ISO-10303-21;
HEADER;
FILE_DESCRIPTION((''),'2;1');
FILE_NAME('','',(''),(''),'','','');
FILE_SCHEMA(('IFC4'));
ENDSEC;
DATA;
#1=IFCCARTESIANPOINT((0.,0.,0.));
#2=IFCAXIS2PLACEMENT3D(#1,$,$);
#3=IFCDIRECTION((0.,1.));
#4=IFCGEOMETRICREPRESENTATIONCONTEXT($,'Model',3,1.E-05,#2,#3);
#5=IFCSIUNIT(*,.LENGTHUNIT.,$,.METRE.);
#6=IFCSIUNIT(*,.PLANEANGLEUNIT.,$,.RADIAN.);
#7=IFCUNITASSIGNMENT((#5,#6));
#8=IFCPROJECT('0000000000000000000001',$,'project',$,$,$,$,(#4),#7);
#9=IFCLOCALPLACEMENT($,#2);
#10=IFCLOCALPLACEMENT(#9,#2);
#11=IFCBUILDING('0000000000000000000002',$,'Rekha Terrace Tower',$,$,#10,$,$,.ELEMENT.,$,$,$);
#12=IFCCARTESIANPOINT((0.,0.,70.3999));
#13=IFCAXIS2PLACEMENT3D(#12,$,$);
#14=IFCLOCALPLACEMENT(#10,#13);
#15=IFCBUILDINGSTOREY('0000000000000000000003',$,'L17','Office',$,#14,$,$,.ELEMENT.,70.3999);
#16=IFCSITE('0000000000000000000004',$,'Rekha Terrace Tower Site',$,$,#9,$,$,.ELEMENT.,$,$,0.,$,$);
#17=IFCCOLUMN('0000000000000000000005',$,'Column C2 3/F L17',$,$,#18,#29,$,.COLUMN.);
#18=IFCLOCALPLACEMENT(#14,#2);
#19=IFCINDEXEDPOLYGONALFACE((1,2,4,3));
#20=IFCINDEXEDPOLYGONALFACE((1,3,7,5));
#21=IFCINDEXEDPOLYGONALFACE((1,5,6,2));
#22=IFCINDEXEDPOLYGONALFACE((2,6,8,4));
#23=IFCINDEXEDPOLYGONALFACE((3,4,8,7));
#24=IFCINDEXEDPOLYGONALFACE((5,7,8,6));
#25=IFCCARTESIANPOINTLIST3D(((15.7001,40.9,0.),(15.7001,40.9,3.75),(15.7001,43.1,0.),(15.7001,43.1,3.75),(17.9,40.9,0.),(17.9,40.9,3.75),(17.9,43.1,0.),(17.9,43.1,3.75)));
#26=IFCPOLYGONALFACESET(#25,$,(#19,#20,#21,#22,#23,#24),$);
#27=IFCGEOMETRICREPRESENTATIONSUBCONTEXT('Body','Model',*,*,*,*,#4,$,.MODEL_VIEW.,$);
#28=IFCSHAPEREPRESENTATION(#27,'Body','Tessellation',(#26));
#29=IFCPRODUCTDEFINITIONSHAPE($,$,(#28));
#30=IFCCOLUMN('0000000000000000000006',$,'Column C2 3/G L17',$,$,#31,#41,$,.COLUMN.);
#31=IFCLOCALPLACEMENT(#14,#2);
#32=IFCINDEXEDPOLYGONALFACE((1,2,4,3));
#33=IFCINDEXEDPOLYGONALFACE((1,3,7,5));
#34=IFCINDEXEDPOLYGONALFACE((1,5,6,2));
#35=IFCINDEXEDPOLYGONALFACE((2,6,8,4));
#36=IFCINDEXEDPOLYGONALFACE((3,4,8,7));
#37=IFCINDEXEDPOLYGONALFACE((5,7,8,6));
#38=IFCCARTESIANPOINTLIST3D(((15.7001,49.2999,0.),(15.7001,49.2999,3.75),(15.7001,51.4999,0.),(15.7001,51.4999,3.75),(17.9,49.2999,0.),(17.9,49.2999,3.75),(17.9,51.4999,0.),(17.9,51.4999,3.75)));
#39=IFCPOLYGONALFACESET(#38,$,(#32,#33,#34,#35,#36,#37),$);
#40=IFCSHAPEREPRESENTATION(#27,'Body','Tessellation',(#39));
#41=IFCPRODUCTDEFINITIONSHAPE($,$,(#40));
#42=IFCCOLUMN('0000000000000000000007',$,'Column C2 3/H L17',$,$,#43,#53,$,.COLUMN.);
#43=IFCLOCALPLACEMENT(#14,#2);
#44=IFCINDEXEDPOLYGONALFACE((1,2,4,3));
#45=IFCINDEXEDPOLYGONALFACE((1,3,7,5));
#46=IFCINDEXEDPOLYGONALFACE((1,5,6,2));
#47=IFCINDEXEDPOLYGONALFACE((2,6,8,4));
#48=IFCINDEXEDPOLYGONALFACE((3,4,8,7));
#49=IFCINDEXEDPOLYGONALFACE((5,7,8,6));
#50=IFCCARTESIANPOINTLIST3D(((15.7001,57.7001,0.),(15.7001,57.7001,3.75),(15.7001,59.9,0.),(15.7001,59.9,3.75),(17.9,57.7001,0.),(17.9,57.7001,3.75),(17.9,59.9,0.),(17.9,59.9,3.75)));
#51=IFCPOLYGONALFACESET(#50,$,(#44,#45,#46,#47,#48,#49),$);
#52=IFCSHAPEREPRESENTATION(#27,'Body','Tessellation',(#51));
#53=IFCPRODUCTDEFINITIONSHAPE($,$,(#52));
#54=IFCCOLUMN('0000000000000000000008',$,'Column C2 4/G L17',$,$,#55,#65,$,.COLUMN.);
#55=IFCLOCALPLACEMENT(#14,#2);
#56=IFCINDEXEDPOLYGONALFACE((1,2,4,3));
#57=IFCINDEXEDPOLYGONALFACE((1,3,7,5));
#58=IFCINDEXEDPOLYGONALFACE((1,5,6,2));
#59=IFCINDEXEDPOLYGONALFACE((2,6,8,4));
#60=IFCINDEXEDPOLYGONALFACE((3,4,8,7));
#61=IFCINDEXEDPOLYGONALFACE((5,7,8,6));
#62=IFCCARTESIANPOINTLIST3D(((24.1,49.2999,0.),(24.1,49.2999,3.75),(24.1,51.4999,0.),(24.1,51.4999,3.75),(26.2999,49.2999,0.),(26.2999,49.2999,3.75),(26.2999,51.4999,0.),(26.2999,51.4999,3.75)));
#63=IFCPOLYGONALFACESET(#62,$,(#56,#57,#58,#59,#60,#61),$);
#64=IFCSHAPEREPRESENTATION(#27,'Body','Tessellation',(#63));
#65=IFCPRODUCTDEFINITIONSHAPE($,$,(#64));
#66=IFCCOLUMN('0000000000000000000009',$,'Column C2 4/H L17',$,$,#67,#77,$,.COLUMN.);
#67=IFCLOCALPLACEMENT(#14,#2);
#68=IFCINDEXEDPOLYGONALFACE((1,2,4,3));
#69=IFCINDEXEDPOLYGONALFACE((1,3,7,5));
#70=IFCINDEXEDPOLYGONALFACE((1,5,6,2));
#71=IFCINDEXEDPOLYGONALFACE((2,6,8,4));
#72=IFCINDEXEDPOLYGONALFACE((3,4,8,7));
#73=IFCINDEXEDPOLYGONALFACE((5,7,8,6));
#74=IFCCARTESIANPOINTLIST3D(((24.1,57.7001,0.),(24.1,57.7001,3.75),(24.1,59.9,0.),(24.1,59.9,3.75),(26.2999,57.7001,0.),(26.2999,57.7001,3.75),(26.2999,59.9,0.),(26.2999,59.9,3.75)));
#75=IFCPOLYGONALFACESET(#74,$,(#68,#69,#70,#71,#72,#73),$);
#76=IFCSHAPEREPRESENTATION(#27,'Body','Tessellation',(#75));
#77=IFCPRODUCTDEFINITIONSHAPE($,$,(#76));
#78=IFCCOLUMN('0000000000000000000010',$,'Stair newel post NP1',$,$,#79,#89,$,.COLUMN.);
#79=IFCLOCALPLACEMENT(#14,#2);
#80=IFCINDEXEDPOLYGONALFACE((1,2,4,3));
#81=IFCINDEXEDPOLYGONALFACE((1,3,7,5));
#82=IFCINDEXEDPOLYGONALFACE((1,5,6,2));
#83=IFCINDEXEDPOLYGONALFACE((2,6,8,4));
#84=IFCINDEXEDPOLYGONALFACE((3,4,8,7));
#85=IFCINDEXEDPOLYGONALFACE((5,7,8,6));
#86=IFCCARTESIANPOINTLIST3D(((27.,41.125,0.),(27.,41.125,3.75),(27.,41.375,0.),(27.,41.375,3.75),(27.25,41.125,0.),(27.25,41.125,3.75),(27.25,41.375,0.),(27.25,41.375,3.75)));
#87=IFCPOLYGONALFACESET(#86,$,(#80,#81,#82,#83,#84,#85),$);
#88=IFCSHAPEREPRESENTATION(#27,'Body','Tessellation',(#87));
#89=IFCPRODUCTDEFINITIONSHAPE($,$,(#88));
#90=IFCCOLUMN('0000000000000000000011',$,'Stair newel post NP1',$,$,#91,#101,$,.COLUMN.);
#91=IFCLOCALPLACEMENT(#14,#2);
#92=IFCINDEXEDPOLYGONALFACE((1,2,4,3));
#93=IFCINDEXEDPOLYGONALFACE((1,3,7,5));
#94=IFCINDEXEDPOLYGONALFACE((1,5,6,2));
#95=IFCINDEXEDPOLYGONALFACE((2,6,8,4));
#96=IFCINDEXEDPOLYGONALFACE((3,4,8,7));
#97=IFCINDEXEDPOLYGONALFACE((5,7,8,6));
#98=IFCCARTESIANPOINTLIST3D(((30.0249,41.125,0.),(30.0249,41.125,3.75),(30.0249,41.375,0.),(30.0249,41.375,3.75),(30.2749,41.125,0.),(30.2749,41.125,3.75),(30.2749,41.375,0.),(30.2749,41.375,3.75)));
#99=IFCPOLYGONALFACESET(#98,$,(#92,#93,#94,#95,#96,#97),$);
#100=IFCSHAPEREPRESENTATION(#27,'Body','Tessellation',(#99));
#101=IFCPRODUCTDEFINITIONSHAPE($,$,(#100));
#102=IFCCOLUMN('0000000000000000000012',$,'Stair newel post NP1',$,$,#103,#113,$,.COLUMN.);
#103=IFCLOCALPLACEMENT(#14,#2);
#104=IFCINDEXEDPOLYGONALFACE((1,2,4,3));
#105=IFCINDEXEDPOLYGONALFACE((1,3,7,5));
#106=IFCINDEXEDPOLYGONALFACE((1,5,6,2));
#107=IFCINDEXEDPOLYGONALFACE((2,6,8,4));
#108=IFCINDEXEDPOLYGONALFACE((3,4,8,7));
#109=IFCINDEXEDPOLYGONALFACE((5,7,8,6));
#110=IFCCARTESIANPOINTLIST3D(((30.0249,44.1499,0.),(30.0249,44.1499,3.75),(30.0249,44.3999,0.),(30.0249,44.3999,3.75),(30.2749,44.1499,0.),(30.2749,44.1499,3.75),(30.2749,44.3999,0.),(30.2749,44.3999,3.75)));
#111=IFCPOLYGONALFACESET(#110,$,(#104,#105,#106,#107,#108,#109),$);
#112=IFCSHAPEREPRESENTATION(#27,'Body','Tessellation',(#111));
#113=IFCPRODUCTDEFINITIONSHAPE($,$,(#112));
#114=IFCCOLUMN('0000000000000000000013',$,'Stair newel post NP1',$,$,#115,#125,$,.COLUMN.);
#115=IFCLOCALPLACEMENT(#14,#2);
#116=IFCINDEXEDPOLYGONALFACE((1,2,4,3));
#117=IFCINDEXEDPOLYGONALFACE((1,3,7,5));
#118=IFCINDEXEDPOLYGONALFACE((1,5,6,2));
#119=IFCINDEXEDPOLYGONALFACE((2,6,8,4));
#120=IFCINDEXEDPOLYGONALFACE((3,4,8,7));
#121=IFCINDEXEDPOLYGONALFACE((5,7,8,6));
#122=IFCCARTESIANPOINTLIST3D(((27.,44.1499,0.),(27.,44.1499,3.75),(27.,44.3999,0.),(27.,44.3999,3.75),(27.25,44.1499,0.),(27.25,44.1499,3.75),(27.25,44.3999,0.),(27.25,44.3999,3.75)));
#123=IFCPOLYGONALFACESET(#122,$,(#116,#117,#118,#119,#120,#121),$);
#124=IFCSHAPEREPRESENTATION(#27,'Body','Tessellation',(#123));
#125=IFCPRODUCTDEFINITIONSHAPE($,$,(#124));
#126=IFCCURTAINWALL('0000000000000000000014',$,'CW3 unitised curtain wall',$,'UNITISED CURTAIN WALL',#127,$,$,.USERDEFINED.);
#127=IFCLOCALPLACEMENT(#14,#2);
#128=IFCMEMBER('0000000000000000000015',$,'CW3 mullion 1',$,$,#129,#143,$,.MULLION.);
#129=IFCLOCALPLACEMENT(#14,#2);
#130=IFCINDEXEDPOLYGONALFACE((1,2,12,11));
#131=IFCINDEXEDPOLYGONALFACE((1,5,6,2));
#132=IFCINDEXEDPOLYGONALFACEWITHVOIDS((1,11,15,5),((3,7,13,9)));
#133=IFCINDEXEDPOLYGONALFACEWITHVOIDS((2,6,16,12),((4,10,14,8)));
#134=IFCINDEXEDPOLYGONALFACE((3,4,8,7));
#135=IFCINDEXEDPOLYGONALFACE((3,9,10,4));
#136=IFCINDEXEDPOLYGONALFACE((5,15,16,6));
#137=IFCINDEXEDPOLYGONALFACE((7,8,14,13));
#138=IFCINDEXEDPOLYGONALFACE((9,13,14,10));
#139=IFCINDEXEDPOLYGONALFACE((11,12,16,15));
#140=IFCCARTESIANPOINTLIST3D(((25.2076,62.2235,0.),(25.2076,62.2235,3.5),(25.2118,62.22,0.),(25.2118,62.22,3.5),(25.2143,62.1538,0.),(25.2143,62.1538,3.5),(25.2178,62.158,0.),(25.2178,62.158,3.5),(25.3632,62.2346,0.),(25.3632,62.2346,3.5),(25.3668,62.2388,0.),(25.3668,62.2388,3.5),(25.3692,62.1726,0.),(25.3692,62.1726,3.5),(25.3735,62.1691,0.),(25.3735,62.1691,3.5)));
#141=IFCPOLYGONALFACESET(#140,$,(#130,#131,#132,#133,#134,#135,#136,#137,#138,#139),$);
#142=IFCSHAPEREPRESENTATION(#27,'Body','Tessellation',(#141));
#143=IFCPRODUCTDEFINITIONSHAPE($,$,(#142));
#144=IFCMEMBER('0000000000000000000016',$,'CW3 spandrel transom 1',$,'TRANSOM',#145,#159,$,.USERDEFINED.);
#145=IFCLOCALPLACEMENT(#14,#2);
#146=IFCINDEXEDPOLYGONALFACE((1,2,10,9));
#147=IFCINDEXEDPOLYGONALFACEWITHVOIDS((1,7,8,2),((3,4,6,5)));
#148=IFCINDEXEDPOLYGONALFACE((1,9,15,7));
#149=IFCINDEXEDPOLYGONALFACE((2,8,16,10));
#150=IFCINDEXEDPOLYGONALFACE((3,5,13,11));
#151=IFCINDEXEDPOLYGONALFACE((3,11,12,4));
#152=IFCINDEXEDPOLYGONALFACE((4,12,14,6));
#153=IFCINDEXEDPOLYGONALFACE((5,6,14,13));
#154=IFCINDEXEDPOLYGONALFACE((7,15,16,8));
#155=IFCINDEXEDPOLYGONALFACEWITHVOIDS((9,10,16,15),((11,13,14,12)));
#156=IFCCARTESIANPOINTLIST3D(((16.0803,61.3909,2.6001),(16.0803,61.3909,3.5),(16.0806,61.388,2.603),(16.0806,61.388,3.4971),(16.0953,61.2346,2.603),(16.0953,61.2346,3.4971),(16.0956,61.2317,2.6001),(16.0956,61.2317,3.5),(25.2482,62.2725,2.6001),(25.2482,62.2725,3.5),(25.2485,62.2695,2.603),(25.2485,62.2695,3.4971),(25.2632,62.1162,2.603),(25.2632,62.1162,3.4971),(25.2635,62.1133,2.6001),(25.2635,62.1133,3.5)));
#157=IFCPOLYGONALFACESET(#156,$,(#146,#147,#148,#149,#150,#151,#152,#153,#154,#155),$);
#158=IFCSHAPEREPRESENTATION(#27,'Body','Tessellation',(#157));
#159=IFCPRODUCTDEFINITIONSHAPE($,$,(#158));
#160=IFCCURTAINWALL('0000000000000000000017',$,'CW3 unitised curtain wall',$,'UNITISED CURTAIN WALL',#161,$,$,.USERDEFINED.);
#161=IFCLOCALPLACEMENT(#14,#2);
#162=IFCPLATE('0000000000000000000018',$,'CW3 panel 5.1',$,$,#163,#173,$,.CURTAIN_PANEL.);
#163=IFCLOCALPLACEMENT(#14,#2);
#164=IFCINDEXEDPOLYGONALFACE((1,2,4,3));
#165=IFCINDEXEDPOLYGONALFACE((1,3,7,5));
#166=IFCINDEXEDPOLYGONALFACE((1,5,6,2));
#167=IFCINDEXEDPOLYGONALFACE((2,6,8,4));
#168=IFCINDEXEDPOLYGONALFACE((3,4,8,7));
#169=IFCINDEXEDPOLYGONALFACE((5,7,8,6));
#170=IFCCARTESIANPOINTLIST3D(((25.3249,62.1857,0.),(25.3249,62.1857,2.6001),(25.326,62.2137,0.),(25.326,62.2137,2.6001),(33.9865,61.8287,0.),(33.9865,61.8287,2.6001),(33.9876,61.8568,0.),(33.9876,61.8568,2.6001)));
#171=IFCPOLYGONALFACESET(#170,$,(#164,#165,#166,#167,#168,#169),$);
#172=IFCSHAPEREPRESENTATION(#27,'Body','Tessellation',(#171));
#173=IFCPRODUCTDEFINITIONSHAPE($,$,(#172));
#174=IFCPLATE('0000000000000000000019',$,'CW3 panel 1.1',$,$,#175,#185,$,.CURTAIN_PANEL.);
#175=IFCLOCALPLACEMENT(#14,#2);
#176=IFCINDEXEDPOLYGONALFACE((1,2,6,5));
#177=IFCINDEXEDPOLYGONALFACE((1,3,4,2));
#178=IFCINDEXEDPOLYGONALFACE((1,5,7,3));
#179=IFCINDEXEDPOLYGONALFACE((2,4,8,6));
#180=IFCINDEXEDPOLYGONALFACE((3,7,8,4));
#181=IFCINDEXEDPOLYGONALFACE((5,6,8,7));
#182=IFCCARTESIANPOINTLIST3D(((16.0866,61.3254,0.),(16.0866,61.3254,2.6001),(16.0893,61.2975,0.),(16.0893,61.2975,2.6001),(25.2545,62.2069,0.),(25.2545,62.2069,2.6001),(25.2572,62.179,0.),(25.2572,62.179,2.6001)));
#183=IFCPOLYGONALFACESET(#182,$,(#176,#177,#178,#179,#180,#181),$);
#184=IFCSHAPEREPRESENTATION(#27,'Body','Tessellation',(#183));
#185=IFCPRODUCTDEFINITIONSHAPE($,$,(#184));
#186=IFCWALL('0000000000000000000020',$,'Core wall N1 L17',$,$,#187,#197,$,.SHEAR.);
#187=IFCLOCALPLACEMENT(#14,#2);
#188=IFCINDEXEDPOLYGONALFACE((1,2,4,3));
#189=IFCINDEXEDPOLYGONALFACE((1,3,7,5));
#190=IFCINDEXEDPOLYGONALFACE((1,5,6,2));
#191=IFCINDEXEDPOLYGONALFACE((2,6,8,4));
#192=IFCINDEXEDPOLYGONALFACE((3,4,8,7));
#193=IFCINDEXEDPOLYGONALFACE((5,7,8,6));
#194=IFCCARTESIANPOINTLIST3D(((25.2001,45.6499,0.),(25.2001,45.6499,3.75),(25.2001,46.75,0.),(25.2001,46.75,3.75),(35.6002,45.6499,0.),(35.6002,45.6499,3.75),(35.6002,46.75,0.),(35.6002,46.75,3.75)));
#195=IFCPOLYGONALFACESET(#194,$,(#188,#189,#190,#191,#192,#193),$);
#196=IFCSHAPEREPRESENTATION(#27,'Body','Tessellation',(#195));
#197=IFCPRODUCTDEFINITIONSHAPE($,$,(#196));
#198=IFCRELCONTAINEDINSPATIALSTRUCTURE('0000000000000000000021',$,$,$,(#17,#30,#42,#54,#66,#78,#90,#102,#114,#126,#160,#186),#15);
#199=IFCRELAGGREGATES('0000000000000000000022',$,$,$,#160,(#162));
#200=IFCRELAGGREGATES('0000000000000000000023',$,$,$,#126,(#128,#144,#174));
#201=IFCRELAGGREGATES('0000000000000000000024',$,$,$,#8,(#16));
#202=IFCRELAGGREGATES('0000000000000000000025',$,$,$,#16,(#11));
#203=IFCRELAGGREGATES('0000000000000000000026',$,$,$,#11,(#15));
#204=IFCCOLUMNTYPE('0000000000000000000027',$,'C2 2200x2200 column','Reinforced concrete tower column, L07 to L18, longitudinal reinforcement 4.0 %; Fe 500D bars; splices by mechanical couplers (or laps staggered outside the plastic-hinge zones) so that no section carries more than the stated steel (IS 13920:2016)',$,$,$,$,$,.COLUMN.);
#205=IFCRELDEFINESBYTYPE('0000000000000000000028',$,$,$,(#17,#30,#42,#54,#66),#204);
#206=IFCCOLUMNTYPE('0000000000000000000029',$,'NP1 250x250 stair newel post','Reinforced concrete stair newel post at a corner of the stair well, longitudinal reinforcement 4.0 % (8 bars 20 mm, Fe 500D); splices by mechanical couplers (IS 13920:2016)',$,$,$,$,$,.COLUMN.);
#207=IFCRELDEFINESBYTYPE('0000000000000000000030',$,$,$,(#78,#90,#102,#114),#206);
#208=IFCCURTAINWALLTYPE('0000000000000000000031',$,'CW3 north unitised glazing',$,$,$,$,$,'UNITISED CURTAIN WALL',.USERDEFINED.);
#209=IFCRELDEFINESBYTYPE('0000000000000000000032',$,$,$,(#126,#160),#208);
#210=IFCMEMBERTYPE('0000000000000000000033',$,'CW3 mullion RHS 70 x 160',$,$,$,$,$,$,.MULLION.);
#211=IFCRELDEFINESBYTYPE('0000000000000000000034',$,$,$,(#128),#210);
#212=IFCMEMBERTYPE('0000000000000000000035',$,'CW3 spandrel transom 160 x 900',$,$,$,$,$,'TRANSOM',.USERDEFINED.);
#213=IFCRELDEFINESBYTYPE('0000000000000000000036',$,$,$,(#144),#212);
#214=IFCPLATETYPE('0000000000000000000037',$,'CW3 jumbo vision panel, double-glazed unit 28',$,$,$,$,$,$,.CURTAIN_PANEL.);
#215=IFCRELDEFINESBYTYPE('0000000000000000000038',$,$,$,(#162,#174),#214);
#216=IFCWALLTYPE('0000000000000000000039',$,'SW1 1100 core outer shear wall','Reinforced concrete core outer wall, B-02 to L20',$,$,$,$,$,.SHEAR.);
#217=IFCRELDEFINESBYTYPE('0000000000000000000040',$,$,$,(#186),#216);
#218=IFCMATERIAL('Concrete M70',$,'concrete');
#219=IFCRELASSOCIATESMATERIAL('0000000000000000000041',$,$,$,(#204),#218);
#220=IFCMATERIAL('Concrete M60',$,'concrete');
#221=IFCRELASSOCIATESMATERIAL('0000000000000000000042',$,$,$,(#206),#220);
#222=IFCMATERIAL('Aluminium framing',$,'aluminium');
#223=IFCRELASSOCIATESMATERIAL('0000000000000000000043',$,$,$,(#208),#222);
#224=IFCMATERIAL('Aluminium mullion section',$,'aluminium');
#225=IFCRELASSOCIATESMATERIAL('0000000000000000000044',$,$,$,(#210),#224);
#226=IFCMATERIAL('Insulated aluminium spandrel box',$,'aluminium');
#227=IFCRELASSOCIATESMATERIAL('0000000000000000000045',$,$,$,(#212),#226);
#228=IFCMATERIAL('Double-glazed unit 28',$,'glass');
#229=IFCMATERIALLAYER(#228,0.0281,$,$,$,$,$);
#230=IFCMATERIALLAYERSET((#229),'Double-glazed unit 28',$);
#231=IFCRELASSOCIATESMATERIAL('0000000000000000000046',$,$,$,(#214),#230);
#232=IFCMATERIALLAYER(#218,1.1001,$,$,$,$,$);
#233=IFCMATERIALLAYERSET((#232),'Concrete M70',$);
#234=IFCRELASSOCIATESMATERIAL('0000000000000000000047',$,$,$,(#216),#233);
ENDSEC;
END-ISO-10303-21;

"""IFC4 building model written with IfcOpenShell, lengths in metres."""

from ifc_helpers import new_model, si_unit, direction, frame, frame_2d, origin, origin_2d, place, context, subcontext, project, spatial, rectangle, hollow_rectangle, extrude, material, layer, layer_set, material_profile, profile_set, type_object, element, aggregate, save


model = new_model("IFC4")

# Units and contexts
model_context = context("Model", 3, precision=1e-05, world=origin(), true_north=direction((0.0, 1.0)))
body_context = subcontext(model_context, "Body", "Model", "MODEL_VIEW")
ifc_project = project(units=[si_unit("LENGTHUNIT", "METRE"), si_unit("PLANEANGLEUNIT", "RADIAN")], contexts=[model_context])

# Site, building, storey
site_placement = place(None, origin())
site = spatial("IfcSite", under=ifc_project, at=site_placement, Name="Rekha Terrace Tower Site", CompositionType="ELEMENT", RefElevation=0.0)
building_placement = place(site_placement, origin())
building = spatial("IfcBuilding", under=site, at=building_placement, Name="Rekha Terrace Tower", CompositionType="ELEMENT")
storey_placement = place(building_placement, frame((0.0, 0.0, 70.3999)))
storey = spatial("IfcBuildingStorey", under=building, at=storey_placement, Name="L17", Description="Office", CompositionType="ELEMENT", Elevation=70.3999)

# Columns
ifc_material_1 = material(Name="Concrete M70", Category="concrete")
ifc_material_profile_1 = material_profile(ifc_material_1, rectangle(XDim=2.2, YDim=2.2, at=origin_2d()), Name="RC 2200x2200")
ifc_profile_set_1 = profile_set([ifc_material_profile_1], Name="Concrete M70")
column_type_1 = type_object("IfcColumnType", Name="C2 2200x2200 column", Description="Reinforced concrete tower column, L07 to L18, longitudinal reinforcement 4.0 %; Fe 500D bars; splices by mechanical couplers (or laps staggered outside the plastic-hinge zones) so that no section carries more than the stated steel (IS 13920:2016)", PredefinedType="COLUMN", material=ifc_profile_set_1)
for number, where, z_axis, x_axis, name in (
    (1, (16.8, 42.0, 0.0), (0.0, 0.0, 1.0), (1.0, 0.0, 0.0), "Column C2 3/F L17"),
    (2, (16.8, 50.3999, 0.0), (0.0, 0.0, 1.0), (1.0, 0.0, 0.0), "Column C2 3/G L17"),
    (3, (16.8, 58.8, 0.0), (0.0, 0.0, 1.0), (1.0, 0.0, 0.0), "Column C2 3/H L17"),
    (4, (25.2, 50.3999, 0.0), (0.0, 0.0, 1.0), (1.0, 0.0, 0.0), "Column C2 4/G L17"),
    (5, (25.2, 58.8, 0.0), (0.0, 0.0, 1.0), (1.0, 0.0, 0.0), "Column C2 4/H L17"),
):
    element("IfcColumn", number, at=place(storey_placement, frame(where, z_axis=z_axis, x_axis=x_axis)), inside=storey, type_object=column_type_1, Name=name, PredefinedType="COLUMN", context=body_context, shape_type="SweptSolid", body=[
        extrude(rectangle(XDim=2.2, YDim=2.2, at=origin_2d()), origin(), (0.0, 0.0, 1.0), 3.75),
    ])
ifc_material_2 = material(Name="Concrete M60", Category="concrete")
ifc_material_profile_2 = material_profile(ifc_material_2, rectangle(XDim=0.25, YDim=0.25, at=origin_2d()), Name="RC 250x250")
ifc_profile_set_2 = profile_set([ifc_material_profile_2], Name="Concrete M60")
column_type_2 = type_object("IfcColumnType", Name="NP1 250x250 stair newel post", Description="Reinforced concrete stair newel post at a corner of the stair well, longitudinal reinforcement 4.0 % (8 bars 20 mm, Fe 500D); splices by mechanical couplers (IS 13920:2016)", PredefinedType="COLUMN", material=ifc_profile_set_2)
for number, where, z_axis, x_axis, name in (
    (6, (27.125, 41.25, 0.0), (0.0, 0.0, 1.0), (1.0, 0.0, 0.0), "Stair newel post NP1"),
    (7, (30.1499, 41.25, 0.0), (0.0, 0.0, 1.0), (1.0, 0.0, 0.0), "Stair newel post NP1"),
    (8, (30.1499, 44.2749, 0.0), (0.0, 0.0, 1.0), (1.0, 0.0, 0.0), "Stair newel post NP1"),
    (9, (27.125, 44.2749, 0.0), (0.0, 0.0, 1.0), (1.0, 0.0, 0.0), "Stair newel post NP1"),
):
    element("IfcColumn", number, at=place(storey_placement, frame(where, z_axis=z_axis, x_axis=x_axis)), inside=storey, type_object=column_type_2, Name=name, PredefinedType="COLUMN", context=body_context, shape_type="SweptSolid", body=[
        extrude(rectangle(XDim=0.25, YDim=0.25, at=origin_2d()), origin(), (0.0, 0.0, 1.0), 3.75),
    ])

# Curtain wall, members
ifc_material_3 = material(Name="Aluminium framing", Category="aluminium")
curtain_wall_type = type_object("IfcCurtainWallType", Name="CW3 north unitised glazing", ElementType="UNITISED CURTAIN WALL", PredefinedType="USERDEFINED", material=ifc_material_3)
curtain_wall_1_placement = place(storey_placement, origin())
curtain_wall_1 = element("IfcCurtainWall", 10, at=curtain_wall_1_placement, inside=storey, type_object=curtain_wall_type, Name="CW3 unitised curtain wall", ObjectType="UNITISED CURTAIN WALL", PredefinedType="USERDEFINED")
ifc_material_4 = material(Name="Aluminium mullion section", Category="aluminium")
ifc_material_profile_3 = material_profile(ifc_material_4, hollow_rectangle(XDim=0.0701, YDim=0.1599, WallThickness=0.0039, at=origin_2d()), Name="AL RHS 70x160")
ifc_profile_set_3 = profile_set([ifc_material_profile_3], Name="Aluminium mullion section")
member_type_1 = type_object("IfcMemberType", Name="CW3 mullion RHS 70 x 160", PredefinedType="MULLION", material=ifc_profile_set_3)
member_1_placement = place(storey_placement, frame((25.2905, 62.1963, 0.0), z_axis=(0.0, 0.0, 1.0), x_axis=(0.095712, -0.995409, 0.0)))
member_1 = element("IfcMember", 11, at=member_1_placement, type_object=member_type_1, Name="CW3 mullion 1", PredefinedType="MULLION", context=body_context, shape_type="SweptSolid", body=[
    extrude(hollow_rectangle(XDim=0.0701, YDim=0.1599, WallThickness=0.0039, at=origin_2d()), origin(), (0.0, 0.0, 1.0), 3.5),
])
ifc_material_5 = material(Name="Insulated aluminium spandrel box", Category="aluminium")
ifc_material_profile_4 = material_profile(ifc_material_5, hollow_rectangle(XDim=0.1599, YDim=0.8999, WallThickness=0.0029, at=origin_2d()), Name="AL SPANDREL BOX 160x900")
ifc_profile_set_4 = profile_set([ifc_material_profile_4], Name="Insulated aluminium spandrel box")
member_type_2 = type_object("IfcMemberType", Name="CW3 spandrel transom 160 x 900", ElementType="TRANSOM", PredefinedType="USERDEFINED", material=ifc_profile_set_4)
member_2_placement = place(storey_placement, frame((25.2559, 62.1929, 3.05), z_axis=(-0.995408, -0.095718, 0.0), x_axis=(0.095718, -0.995408, 0.0)))
member_2 = element("IfcMember", 12, at=member_2_placement, type_object=member_type_2, Name="CW3 spandrel transom 1", ObjectType="TRANSOM", PredefinedType="USERDEFINED", context=body_context, shape_type="SweptSolid", body=[
    extrude(hollow_rectangle(XDim=0.1599, YDim=0.8999, WallThickness=0.0029, at=origin_2d()), origin(), (0.0, 0.0, 1.0), 9.2102),
])

# Curtain wall, plate
curtain_wall_2_placement = place(storey_placement, origin())
curtain_wall_2 = element("IfcCurtainWall", 13, at=curtain_wall_2_placement, inside=storey, type_object=curtain_wall_type, Name="CW3 unitised curtain wall", ObjectType="UNITISED CURTAIN WALL", PredefinedType="USERDEFINED")
ifc_material_6 = material(Name="Double-glazed unit 28", Category="glass")
ifc_layer_1 = layer(ifc_material_6, 0.0281)
ifc_layer_set_1 = layer_set([ifc_layer_1], Name="Double-glazed unit 28")
plate_type = type_object("IfcPlateType", Name="CW3 jumbo vision panel, double-glazed unit 28", PredefinedType="CURTAIN_PANEL", material=ifc_layer_set_1)
plate_1_placement = place(storey_placement, frame((29.6562, 62.0212, 0.0), z_axis=(0.0, 0.0, 1.0), x_axis=(-0.999152, 0.041174, 0.0)))
plate_1 = element("IfcPlate", 14, at=plate_1_placement, type_object=plate_type, Name="CW3 panel 5.1", PredefinedType="CURTAIN_PANEL", context=body_context, shape_type="SweptSolid", body=[
    extrude(rectangle(XDim=8.6689, YDim=0.0281, at=origin_2d()), origin(), (0.0, 0.0, 1.0), 2.6001),
])
aggregate(curtain_wall_2, [plate_1])

# Plate
plate_2_placement = place(storey_placement, frame((20.6719, 61.7522, 0.0), z_axis=(0.0, 0.0, 1.0), x_axis=(-0.995409, -0.095712, 0.0)))
plate_2 = element("IfcPlate", 15, at=plate_2_placement, type_object=plate_type, Name="CW3 panel 1.1", PredefinedType="CURTAIN_PANEL", context=body_context, shape_type="SweptSolid", body=[
    extrude(rectangle(XDim=9.2102, YDim=0.0281, at=origin_2d()), origin(), (0.0, 0.0, 1.0), 2.6001),
])
aggregate(curtain_wall_1, [member_1, member_2, plate_2])

# Wall
ifc_layer_2 = layer(ifc_material_1, 1.1001)
ifc_layer_set_2 = layer_set([ifc_layer_2], Name="Concrete M70")
wall_type_1 = type_object("IfcWallType", Name="SW1 1100 core outer shear wall", Description="Reinforced concrete core outer wall, B-02 to L20", PredefinedType="SHEAR", material=ifc_layer_set_2)
wall_1_placement = place(storey_placement, frame((25.2, 46.2, 0.0), z_axis=(0.0, 0.0, 1.0), x_axis=(1.0, 0.0, 0.0)))
element("IfcWall", 16, at=wall_1_placement, inside=storey, type_object=wall_type_1, Name="Core wall N1 L17", PredefinedType="SHEAR", context=body_context, shape_type="SweptSolid", body=[
    extrude(rectangle(XDim=10.4001, YDim=1.1001, at=frame_2d((5.2002, 0.0))), origin(), (0.0, 0.0, 1.0), 3.75),
])

save(model, "model.ifc")
